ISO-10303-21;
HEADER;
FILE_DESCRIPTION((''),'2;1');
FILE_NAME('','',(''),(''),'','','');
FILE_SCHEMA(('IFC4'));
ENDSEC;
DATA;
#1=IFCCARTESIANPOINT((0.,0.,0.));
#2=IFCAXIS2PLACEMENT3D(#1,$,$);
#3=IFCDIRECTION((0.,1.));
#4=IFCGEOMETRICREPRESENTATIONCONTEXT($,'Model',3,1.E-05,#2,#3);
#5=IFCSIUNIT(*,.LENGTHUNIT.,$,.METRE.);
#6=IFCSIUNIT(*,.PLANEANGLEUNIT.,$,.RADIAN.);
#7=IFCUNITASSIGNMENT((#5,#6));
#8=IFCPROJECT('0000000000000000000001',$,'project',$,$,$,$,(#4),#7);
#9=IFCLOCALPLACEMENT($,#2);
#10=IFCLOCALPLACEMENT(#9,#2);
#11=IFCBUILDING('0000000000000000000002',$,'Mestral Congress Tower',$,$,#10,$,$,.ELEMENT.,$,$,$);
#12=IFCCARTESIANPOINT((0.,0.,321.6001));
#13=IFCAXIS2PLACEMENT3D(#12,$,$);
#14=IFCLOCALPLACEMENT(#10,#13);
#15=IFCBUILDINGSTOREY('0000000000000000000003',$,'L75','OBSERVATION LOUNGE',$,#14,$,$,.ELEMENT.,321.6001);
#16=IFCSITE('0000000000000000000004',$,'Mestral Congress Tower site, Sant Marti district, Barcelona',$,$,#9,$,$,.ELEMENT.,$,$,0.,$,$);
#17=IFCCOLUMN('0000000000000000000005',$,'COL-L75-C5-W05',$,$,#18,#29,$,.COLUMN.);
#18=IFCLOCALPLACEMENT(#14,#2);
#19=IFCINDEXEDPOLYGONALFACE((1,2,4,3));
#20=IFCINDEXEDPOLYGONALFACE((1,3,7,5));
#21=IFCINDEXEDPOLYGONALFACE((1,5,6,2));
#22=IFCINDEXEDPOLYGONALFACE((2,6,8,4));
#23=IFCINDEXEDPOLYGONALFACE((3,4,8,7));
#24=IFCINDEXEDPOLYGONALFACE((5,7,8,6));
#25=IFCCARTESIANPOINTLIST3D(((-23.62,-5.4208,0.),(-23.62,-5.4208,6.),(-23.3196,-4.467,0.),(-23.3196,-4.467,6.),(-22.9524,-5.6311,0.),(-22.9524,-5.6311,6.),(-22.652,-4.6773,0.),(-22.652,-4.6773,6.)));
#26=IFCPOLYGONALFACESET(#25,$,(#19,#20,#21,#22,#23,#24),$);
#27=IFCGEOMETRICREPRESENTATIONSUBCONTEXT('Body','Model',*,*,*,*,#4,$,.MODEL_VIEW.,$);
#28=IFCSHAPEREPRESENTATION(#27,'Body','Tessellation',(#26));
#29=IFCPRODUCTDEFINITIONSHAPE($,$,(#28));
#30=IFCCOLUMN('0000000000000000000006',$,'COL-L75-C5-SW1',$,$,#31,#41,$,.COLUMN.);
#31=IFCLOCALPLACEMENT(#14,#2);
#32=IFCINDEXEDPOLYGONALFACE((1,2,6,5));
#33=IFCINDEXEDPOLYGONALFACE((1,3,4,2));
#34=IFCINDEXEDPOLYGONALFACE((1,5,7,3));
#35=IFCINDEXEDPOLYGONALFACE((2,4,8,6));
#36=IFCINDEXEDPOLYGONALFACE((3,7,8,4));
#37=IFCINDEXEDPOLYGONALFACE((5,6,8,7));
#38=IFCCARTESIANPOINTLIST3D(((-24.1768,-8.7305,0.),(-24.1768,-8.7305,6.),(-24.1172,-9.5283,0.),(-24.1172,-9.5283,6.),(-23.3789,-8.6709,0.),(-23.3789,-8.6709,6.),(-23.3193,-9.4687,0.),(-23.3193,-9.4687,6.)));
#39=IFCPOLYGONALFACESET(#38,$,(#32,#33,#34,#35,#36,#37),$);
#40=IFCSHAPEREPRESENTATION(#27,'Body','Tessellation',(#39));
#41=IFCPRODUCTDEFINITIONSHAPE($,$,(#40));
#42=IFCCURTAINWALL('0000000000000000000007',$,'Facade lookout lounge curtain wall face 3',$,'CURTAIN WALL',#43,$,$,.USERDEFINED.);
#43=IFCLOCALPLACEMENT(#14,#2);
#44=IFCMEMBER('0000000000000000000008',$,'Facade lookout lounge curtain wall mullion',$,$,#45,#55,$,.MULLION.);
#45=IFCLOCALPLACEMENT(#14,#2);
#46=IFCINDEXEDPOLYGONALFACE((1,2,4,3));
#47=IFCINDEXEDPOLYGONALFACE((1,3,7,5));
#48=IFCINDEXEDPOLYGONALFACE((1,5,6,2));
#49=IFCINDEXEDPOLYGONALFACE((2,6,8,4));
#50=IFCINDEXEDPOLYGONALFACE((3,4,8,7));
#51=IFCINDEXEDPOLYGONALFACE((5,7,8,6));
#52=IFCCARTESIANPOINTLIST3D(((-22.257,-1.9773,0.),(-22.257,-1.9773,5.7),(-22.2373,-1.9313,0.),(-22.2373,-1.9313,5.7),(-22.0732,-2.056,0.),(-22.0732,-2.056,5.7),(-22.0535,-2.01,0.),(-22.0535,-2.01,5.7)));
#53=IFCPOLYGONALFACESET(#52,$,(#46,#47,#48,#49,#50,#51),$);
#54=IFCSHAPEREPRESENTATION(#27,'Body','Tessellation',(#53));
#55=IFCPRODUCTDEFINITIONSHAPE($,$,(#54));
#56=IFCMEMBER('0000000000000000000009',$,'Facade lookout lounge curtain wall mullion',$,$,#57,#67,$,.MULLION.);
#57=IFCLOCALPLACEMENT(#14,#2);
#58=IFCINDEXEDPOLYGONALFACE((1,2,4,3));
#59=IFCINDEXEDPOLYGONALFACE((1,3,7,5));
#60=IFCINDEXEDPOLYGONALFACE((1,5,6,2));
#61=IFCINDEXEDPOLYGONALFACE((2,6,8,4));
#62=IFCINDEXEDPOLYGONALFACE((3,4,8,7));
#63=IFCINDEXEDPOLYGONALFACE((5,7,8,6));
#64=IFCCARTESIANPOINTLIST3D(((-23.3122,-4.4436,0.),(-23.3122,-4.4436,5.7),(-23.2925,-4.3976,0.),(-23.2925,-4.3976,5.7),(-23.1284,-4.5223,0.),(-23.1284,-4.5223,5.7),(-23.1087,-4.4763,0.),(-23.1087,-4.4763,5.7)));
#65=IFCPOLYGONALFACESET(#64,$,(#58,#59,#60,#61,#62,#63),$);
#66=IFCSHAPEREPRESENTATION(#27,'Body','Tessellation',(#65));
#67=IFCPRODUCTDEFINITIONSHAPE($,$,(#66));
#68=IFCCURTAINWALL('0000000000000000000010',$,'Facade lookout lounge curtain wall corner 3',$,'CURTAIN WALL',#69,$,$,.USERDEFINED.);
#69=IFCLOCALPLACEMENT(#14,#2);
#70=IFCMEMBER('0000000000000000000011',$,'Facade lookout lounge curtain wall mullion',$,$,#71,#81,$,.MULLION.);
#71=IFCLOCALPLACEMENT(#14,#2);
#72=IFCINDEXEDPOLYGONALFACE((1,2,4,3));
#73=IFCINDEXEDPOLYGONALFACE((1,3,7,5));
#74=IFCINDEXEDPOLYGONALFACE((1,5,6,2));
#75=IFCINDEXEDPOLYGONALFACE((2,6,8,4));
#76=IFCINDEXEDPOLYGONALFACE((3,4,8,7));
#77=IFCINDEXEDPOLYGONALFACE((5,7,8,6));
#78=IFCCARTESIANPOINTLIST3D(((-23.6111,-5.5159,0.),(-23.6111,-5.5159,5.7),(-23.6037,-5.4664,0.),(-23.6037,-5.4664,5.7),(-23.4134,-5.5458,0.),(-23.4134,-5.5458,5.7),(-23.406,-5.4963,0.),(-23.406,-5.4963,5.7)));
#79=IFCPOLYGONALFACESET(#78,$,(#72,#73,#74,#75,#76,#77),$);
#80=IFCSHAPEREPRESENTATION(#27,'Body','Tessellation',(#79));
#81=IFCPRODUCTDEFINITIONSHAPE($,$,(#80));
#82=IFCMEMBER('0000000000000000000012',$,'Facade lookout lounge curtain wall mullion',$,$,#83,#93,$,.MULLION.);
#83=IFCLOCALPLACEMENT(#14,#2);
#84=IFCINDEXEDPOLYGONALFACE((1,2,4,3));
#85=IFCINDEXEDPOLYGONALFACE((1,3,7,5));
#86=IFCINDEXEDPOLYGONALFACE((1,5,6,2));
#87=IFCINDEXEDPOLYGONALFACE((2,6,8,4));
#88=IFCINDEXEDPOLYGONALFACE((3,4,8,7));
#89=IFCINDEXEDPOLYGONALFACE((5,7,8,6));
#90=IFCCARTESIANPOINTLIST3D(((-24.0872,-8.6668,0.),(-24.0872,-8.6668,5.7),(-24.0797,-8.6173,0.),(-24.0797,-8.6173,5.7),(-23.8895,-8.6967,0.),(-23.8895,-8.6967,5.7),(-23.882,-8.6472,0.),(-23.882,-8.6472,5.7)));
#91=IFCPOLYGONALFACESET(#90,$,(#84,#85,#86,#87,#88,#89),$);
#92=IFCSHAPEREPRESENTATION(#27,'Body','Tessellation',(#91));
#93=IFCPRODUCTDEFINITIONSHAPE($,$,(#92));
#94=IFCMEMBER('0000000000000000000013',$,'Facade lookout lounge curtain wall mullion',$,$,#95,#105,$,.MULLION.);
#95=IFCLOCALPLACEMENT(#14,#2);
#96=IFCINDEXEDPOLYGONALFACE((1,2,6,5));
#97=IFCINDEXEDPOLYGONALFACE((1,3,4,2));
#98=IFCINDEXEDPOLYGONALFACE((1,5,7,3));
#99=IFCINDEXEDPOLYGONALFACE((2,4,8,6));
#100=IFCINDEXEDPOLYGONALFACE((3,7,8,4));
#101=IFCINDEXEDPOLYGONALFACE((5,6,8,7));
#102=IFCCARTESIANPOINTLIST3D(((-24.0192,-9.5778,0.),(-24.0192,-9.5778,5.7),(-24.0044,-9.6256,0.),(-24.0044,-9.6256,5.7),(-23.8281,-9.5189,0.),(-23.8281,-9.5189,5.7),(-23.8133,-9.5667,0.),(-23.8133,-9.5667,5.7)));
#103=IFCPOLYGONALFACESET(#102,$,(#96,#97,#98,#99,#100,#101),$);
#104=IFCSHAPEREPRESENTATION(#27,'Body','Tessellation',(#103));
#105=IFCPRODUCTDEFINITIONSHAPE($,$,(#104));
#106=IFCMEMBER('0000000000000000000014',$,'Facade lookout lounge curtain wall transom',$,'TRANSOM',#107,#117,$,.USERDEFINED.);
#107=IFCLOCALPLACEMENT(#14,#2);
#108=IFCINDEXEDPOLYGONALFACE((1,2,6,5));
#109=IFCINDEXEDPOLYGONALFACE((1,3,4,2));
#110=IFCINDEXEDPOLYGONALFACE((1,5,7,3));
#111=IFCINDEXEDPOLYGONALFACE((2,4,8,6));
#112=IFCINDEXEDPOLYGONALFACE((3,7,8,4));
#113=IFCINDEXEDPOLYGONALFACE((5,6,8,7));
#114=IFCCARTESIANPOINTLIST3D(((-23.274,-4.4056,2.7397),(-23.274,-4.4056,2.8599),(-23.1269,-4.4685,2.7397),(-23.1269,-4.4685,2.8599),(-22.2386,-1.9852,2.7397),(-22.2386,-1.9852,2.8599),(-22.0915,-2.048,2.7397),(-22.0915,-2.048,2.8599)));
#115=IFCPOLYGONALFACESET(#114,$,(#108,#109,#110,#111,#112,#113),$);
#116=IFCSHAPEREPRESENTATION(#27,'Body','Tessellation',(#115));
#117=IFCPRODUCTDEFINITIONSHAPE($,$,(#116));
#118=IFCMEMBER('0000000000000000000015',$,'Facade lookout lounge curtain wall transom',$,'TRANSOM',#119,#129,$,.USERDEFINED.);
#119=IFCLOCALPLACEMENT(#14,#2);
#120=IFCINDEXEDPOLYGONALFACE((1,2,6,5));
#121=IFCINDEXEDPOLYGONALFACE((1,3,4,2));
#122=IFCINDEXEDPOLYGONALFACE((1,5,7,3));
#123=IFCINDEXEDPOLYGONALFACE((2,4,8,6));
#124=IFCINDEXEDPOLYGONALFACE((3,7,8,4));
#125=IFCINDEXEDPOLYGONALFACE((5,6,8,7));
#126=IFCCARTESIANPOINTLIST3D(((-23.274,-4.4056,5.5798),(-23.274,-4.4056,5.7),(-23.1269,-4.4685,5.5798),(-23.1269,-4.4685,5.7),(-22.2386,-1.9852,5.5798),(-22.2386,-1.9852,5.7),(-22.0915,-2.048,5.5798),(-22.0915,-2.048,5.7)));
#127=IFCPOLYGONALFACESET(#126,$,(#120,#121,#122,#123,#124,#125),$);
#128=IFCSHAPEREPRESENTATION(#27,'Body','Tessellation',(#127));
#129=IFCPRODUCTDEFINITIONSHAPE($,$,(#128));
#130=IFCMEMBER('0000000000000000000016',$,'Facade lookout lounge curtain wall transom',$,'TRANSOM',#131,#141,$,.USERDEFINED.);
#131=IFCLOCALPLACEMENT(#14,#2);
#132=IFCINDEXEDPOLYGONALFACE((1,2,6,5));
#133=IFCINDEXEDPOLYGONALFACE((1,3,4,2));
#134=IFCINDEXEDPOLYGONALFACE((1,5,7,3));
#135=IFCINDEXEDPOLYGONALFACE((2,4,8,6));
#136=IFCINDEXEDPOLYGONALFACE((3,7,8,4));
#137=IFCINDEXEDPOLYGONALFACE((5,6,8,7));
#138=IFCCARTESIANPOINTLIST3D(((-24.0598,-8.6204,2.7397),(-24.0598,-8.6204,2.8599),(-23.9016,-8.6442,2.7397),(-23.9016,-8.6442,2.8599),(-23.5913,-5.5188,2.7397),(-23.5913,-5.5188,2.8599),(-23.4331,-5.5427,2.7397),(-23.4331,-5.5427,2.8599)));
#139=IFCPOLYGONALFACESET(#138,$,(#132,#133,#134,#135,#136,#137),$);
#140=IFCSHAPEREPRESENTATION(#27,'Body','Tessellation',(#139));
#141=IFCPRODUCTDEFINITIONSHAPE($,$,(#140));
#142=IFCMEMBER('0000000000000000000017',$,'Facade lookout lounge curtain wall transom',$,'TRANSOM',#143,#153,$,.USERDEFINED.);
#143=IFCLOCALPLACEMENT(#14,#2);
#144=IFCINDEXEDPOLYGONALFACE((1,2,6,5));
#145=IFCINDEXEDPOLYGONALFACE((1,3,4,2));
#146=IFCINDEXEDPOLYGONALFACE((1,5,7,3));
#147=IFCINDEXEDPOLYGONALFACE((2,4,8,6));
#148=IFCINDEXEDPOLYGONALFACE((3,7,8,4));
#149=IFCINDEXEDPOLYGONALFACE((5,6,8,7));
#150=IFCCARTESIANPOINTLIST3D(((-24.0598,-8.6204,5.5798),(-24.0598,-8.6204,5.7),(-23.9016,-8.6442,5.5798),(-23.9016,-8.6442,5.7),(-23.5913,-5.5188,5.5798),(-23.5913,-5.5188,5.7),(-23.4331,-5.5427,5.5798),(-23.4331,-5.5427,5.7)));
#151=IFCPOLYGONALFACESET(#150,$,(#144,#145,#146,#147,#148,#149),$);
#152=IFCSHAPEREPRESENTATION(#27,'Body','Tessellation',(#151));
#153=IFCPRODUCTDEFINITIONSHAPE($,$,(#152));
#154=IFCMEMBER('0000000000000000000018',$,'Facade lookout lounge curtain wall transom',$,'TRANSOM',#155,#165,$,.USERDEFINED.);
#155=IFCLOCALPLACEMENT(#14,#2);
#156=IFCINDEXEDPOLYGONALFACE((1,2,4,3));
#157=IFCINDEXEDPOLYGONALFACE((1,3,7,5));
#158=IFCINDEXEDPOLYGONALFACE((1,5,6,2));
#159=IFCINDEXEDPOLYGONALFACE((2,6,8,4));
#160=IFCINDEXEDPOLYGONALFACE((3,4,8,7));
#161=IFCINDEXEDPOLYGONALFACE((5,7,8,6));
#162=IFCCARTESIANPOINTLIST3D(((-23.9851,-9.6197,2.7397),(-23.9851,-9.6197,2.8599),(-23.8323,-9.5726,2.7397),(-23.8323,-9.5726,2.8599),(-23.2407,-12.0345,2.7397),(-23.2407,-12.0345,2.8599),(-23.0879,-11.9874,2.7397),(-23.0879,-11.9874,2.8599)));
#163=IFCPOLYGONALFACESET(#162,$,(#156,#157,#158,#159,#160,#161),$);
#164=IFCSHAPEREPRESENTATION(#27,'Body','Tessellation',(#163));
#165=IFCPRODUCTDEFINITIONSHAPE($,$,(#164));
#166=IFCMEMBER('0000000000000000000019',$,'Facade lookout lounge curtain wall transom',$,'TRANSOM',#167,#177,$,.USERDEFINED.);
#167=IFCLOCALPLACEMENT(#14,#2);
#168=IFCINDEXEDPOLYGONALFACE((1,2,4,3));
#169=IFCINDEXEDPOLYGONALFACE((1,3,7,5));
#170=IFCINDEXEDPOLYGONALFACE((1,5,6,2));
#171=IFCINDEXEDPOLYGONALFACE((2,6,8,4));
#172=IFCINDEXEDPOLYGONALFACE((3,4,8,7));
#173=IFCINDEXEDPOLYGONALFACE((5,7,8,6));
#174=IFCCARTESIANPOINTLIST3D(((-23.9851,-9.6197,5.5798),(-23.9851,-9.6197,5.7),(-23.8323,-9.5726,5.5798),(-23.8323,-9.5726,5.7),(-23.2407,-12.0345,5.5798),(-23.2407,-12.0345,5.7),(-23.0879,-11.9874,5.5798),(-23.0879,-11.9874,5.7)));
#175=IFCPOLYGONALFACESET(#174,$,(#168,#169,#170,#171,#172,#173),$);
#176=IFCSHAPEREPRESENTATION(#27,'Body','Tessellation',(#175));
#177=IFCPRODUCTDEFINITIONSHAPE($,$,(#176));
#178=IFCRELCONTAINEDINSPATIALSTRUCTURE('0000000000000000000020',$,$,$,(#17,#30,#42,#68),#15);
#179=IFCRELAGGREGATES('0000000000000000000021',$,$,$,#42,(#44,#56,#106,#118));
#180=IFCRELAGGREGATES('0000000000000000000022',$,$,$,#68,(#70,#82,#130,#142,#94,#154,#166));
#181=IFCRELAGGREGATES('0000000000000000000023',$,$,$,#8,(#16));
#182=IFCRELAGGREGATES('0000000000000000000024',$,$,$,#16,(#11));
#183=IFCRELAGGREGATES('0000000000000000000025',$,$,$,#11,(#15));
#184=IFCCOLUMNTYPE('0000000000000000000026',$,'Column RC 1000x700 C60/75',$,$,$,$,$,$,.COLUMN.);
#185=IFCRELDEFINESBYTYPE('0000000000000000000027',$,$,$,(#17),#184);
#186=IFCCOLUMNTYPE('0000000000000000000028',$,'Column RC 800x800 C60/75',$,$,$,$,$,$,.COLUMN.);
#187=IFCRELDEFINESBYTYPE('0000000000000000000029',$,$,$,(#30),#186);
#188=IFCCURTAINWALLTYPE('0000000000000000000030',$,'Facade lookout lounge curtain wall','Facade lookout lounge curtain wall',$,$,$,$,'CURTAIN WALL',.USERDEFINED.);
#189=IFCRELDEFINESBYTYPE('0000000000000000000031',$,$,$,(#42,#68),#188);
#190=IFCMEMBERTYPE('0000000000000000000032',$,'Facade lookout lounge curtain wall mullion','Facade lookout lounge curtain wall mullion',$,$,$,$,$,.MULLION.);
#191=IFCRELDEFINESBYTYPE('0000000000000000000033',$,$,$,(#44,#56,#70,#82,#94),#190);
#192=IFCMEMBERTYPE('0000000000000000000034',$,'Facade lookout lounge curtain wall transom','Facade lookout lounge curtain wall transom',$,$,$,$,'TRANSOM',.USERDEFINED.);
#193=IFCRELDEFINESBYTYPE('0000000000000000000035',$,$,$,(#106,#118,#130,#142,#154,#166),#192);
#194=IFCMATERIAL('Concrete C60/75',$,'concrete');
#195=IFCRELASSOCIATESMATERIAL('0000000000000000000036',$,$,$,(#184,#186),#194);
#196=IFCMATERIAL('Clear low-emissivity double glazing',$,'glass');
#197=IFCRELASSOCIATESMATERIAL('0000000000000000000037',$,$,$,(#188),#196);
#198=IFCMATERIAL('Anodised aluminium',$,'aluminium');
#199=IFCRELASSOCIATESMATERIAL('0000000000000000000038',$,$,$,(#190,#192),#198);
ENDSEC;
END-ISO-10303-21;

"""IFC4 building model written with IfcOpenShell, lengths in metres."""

from ifc_helpers import new_model, si_unit, direction, frame, origin, origin_2d, place, context, subcontext, project, spatial, rectangle, extrude, material, material_profile, profile_set, type_object, element, aggregate, save


model = new_model("IFC4")

# Units and contexts
model_context = context("Model", 3, precision=1e-05, world=origin(), true_north=direction((0.0, 1.0)))
body_context = subcontext(model_context, "Body", "Model", "MODEL_VIEW")
ifc_project = project(units=[si_unit("LENGTHUNIT", "METRE"), si_unit("PLANEANGLEUNIT", "RADIAN")], contexts=[model_context])

# Site, building, storey
site_placement = place(None, origin())
site = spatial("IfcSite", under=ifc_project, at=site_placement, Name="Mestral Congress Tower site, Sant Marti district, Barcelona", CompositionType="ELEMENT", RefElevation=0.0)
building_placement = place(site_placement, origin())
building = spatial("IfcBuilding", under=site, at=building_placement, Name="Mestral Congress Tower", CompositionType="ELEMENT")
storey_placement = place(building_placement, frame((0.0, 0.0, 321.6001)))
storey = spatial("IfcBuildingStorey", under=building, at=storey_placement, Name="L75", Description="OBSERVATION LOUNGE", CompositionType="ELEMENT", Elevation=321.6001)

# Columns
ifc_material_1 = material(Name="Concrete C60/75", Category="concrete")
ifc_material_profile_1 = material_profile(ifc_material_1, rectangle(XDim=1.0, YDim=0.7, at=origin_2d()), Name="RC 1000x700")
ifc_profile_set_1 = profile_set([ifc_material_profile_1], Name="Concrete C60/75")
column_type_1 = type_object("IfcColumnType", Name="Column RC 1000x700 C60/75", PredefinedType="COLUMN", material=ifc_profile_set_1)
column_1_placement = place(storey_placement, frame((-23.136, -5.0491, 0.0), z_axis=(0.0, 0.0, 1.0), x_axis=(-0.300431, -0.953804, 0.0)))
element("IfcColumn", 1, at=column_1_placement, inside=storey, type_object=column_type_1, Name="COL-L75-C5-W05", PredefinedType="COLUMN", context=body_context, shape_type="SweptSolid", body=[
    extrude(rectangle(XDim=1.0, YDim=0.7, at=origin_2d()), origin(), (0.0, 0.0, 1.0), 6.0),
])
ifc_material_profile_2 = material_profile(ifc_material_1, rectangle(XDim=0.8, YDim=0.8, at=origin_2d()), Name="RC 800x800")
ifc_profile_set_2 = profile_set([ifc_material_profile_2], Name="Concrete C60/75")
column_type_2 = type_object("IfcColumnType", Name="Column RC 800x800 C60/75", PredefinedType="COLUMN", material=ifc_profile_set_2)
column_2_placement = place(storey_placement, frame((-23.748, -9.0996, 0.0), z_axis=(0.0, 0.0, 1.0), x_axis=(0.074511, -0.99722, 0.0)))
element("IfcColumn", 2, at=column_2_placement, inside=storey, type_object=column_type_2, Name="COL-L75-C5-SW1", PredefinedType="COLUMN", context=body_context, shape_type="SweptSolid", body=[
    extrude(rectangle(XDim=0.8, YDim=0.8, at=origin_2d()), origin(), (0.0, 0.0, 1.0), 6.0),
])

# Curtain walls, members
ifc_material_2 = material(Name="Clear low-emissivity double glazing", Category="glass")
curtain_wall_type = type_object("IfcCurtainWallType", Name="Facade lookout lounge curtain wall", Description="Facade lookout lounge curtain wall", ElementType="CURTAIN WALL", PredefinedType="USERDEFINED", material=ifc_material_2)
placement = place(storey_placement, origin())
curtain_wall_1 = element("IfcCurtainWall", 3, at=placement, inside=storey, type_object=curtain_wall_type, Name="Facade lookout lounge curtain wall face 3", ObjectType="CURTAIN WALL", PredefinedType="USERDEFINED")
ifc_material_3 = material(Name="Anodised aluminium", Category="aluminium")
ifc_material_profile_3 = material_profile(ifc_material_3, rectangle(XDim=0.2, YDim=0.05, at=origin_2d()), Name="CW2 mullion 200 x 50")
ifc_profile_set_3 = profile_set([ifc_material_profile_3], Name="Anodised aluminium")
member_type_1 = type_object("IfcMemberType", Name="Facade lookout lounge curtain wall mullion", Description="Facade lookout lounge curtain wall mullion", PredefinedType="MULLION", material=ifc_profile_set_3)
member_1_placement = place(storey_placement, frame((-22.1553, -1.9937, 0.0), z_axis=(0.0, 0.0, 1.0), x_axis=(-0.919386, 0.393356, 0.0)))
member_1 = element("IfcMember", 4, at=member_1_placement, type_object=member_type_1, Name="Facade lookout lounge curtain wall mullion", PredefinedType="MULLION", context=body_context, shape_type="SweptSolid", body=[
    extrude(rectangle(XDim=0.2, YDim=0.05, at=origin_2d()), origin(), (0.0, 0.0, 1.0), 5.7),
])
member_2_placement = place(storey_placement, frame((-23.2104, -4.46, 0.0), z_axis=(0.0, 0.0, 1.0), x_axis=(-0.919386, 0.393356, 0.0)))
member_2 = element("IfcMember", 5, at=member_2_placement, type_object=member_type_1, Name="Facade lookout lounge curtain wall mullion", PredefinedType="MULLION", context=body_context, shape_type="SweptSolid", body=[
    extrude(rectangle(XDim=0.2, YDim=0.05, at=origin_2d()), origin(), (0.0, 0.0, 1.0), 5.7),
])
curtain_wall_2 = element("IfcCurtainWall", 6, at=placement, inside=storey, type_object=curtain_wall_type, Name="Facade lookout lounge curtain wall corner 3", ObjectType="CURTAIN WALL", PredefinedType="USERDEFINED")
member_3_placement = place(storey_placement, frame((-23.5085, -5.5061, 0.0), z_axis=(0.0, 0.0, 1.0), x_axis=(-0.988782, 0.149366, 0.0)))
member_3 = element("IfcMember", 7, at=member_3_placement, type_object=member_type_1, Name="Facade lookout lounge curtain wall mullion", PredefinedType="MULLION", context=body_context, shape_type="SweptSolid", body=[
    extrude(rectangle(XDim=0.2, YDim=0.05, at=origin_2d()), origin(), (0.0, 0.0, 1.0), 5.7),
])
member_4_placement = place(storey_placement, frame((-23.9846, -8.657, 0.0), z_axis=(0.0, 0.0, 1.0), x_axis=(-0.988782, 0.149366, 0.0)))
member_4 = element("IfcMember", 8, at=member_4_placement, type_object=member_type_1, Name="Facade lookout lounge curtain wall mullion", PredefinedType="MULLION", context=body_context, shape_type="SweptSolid", body=[
    extrude(rectangle(XDim=0.2, YDim=0.05, at=origin_2d()), origin(), (0.0, 0.0, 1.0), 5.7),
])
member_5_placement = place(storey_placement, frame((-23.9163, -9.5723, 0.0), z_axis=(0.0, 0.0, 1.0), x_axis=(-0.955602, -0.294661, 0.0)))
member_5 = element("IfcMember", 9, at=member_5_placement, type_object=member_type_1, Name="Facade lookout lounge curtain wall mullion", PredefinedType="MULLION", context=body_context, shape_type="SweptSolid", body=[
    extrude(rectangle(XDim=0.2, YDim=0.05, at=origin_2d()), origin(), (0.0, 0.0, 1.0), 5.7),
])

# Members
ifc_material_profile_4 = material_profile(ifc_material_3, rectangle(XDim=0.1599, YDim=0.1201, at=origin_2d()), Name="CW2 transom 160 x 120")
ifc_profile_set_4 = profile_set([ifc_material_profile_4], Name="Anodised aluminium")
member_type_2 = type_object("IfcMemberType", Name="Facade lookout lounge curtain wall transom", Description="Facade lookout lounge curtain wall transom", ElementType="TRANSOM", PredefinedType="USERDEFINED", material=ifc_profile_set_4)
member_6_placement = place(storey_placement, frame((-22.165, -2.0166, 2.7998), z_axis=(-0.393304, -0.919409, 0.0), x_axis=(0.919409, -0.393304, 0.0)))
member_6 = element("IfcMember", 10, at=member_6_placement, type_object=member_type_2, Name="Facade lookout lounge curtain wall transom", ObjectType="TRANSOM", PredefinedType="USERDEFINED", context=body_context, shape_type="SweptSolid", body=[
    extrude(rectangle(XDim=0.1599, YDim=0.1201, at=origin_2d()), origin(), (0.0, 0.0, 1.0), 2.6326),
])
member_7_placement = place(storey_placement, frame((-22.165, -2.0166, 5.6399), z_axis=(-0.393304, -0.919409, 0.0), x_axis=(0.919409, -0.393304, 0.0)))
member_7 = element("IfcMember", 11, at=member_7_placement, type_object=member_type_2, Name="Facade lookout lounge curtain wall transom", ObjectType="TRANSOM", PredefinedType="USERDEFINED", context=body_context, shape_type="SweptSolid", body=[
    extrude(rectangle(XDim=0.1599, YDim=0.1201, at=origin_2d()), origin(), (0.0, 0.0, 1.0), 2.6326),
])
member_8_placement = place(storey_placement, frame((-23.5122, -5.5308, 2.7998), z_axis=(-0.14936, -0.988783, 0.0), x_axis=(0.988783, -0.14936, 0.0)))
member_8 = element("IfcMember", 12, at=member_8_placement, type_object=member_type_2, Name="Facade lookout lounge curtain wall transom", ObjectType="TRANSOM", PredefinedType="USERDEFINED", context=body_context, shape_type="SweptSolid", body=[
    extrude(rectangle(XDim=0.1599, YDim=0.1201, at=origin_2d()), origin(), (0.0, 0.0, 1.0), 3.1367),
])
member_9_placement = place(storey_placement, frame((-23.5122, -5.5308, 5.6399), z_axis=(-0.14936, -0.988783, 0.0), x_axis=(0.988783, -0.14936, 0.0)))
member_9 = element("IfcMember", 13, at=member_9_placement, type_object=member_type_2, Name="Facade lookout lounge curtain wall transom", ObjectType="TRANSOM", PredefinedType="USERDEFINED", context=body_context, shape_type="SweptSolid", body=[
    extrude(rectangle(XDim=0.1599, YDim=0.1201, at=origin_2d()), origin(), (0.0, 0.0, 1.0), 3.1367),
])
member_10_placement = place(storey_placement, frame((-23.9087, -9.5962, 2.7998), z_axis=(0.294581, -0.955626, 0.0), x_axis=(0.955626, 0.294581, 0.0)))
member_10 = element("IfcMember", 14, at=member_10_placement, type_object=member_type_2, Name="Facade lookout lounge curtain wall transom", ObjectType="TRANSOM", PredefinedType="USERDEFINED", context=body_context, shape_type="SweptSolid", body=[
    extrude(rectangle(XDim=0.1599, YDim=0.1201, at=origin_2d()), origin(), (0.0, 0.0, 1.0), 2.5269),
])
member_11_placement = place(storey_placement, frame((-23.9087, -9.5962, 5.6399), z_axis=(0.294581, -0.955626, 0.0), x_axis=(0.955626, 0.294581, 0.0)))
member_11 = element("IfcMember", 15, at=member_11_placement, type_object=member_type_2, Name="Facade lookout lounge curtain wall transom", ObjectType="TRANSOM", PredefinedType="USERDEFINED", context=body_context, shape_type="SweptSolid", body=[
    extrude(rectangle(XDim=0.1599, YDim=0.1201, at=origin_2d()), origin(), (0.0, 0.0, 1.0), 2.5269),
])

aggregate(curtain_wall_1, [member_1, member_2, member_6, member_7])
aggregate(curtain_wall_2, [member_3, member_4, member_8, member_9, member_5, member_10, member_11])

save(model, "model.ifc")
